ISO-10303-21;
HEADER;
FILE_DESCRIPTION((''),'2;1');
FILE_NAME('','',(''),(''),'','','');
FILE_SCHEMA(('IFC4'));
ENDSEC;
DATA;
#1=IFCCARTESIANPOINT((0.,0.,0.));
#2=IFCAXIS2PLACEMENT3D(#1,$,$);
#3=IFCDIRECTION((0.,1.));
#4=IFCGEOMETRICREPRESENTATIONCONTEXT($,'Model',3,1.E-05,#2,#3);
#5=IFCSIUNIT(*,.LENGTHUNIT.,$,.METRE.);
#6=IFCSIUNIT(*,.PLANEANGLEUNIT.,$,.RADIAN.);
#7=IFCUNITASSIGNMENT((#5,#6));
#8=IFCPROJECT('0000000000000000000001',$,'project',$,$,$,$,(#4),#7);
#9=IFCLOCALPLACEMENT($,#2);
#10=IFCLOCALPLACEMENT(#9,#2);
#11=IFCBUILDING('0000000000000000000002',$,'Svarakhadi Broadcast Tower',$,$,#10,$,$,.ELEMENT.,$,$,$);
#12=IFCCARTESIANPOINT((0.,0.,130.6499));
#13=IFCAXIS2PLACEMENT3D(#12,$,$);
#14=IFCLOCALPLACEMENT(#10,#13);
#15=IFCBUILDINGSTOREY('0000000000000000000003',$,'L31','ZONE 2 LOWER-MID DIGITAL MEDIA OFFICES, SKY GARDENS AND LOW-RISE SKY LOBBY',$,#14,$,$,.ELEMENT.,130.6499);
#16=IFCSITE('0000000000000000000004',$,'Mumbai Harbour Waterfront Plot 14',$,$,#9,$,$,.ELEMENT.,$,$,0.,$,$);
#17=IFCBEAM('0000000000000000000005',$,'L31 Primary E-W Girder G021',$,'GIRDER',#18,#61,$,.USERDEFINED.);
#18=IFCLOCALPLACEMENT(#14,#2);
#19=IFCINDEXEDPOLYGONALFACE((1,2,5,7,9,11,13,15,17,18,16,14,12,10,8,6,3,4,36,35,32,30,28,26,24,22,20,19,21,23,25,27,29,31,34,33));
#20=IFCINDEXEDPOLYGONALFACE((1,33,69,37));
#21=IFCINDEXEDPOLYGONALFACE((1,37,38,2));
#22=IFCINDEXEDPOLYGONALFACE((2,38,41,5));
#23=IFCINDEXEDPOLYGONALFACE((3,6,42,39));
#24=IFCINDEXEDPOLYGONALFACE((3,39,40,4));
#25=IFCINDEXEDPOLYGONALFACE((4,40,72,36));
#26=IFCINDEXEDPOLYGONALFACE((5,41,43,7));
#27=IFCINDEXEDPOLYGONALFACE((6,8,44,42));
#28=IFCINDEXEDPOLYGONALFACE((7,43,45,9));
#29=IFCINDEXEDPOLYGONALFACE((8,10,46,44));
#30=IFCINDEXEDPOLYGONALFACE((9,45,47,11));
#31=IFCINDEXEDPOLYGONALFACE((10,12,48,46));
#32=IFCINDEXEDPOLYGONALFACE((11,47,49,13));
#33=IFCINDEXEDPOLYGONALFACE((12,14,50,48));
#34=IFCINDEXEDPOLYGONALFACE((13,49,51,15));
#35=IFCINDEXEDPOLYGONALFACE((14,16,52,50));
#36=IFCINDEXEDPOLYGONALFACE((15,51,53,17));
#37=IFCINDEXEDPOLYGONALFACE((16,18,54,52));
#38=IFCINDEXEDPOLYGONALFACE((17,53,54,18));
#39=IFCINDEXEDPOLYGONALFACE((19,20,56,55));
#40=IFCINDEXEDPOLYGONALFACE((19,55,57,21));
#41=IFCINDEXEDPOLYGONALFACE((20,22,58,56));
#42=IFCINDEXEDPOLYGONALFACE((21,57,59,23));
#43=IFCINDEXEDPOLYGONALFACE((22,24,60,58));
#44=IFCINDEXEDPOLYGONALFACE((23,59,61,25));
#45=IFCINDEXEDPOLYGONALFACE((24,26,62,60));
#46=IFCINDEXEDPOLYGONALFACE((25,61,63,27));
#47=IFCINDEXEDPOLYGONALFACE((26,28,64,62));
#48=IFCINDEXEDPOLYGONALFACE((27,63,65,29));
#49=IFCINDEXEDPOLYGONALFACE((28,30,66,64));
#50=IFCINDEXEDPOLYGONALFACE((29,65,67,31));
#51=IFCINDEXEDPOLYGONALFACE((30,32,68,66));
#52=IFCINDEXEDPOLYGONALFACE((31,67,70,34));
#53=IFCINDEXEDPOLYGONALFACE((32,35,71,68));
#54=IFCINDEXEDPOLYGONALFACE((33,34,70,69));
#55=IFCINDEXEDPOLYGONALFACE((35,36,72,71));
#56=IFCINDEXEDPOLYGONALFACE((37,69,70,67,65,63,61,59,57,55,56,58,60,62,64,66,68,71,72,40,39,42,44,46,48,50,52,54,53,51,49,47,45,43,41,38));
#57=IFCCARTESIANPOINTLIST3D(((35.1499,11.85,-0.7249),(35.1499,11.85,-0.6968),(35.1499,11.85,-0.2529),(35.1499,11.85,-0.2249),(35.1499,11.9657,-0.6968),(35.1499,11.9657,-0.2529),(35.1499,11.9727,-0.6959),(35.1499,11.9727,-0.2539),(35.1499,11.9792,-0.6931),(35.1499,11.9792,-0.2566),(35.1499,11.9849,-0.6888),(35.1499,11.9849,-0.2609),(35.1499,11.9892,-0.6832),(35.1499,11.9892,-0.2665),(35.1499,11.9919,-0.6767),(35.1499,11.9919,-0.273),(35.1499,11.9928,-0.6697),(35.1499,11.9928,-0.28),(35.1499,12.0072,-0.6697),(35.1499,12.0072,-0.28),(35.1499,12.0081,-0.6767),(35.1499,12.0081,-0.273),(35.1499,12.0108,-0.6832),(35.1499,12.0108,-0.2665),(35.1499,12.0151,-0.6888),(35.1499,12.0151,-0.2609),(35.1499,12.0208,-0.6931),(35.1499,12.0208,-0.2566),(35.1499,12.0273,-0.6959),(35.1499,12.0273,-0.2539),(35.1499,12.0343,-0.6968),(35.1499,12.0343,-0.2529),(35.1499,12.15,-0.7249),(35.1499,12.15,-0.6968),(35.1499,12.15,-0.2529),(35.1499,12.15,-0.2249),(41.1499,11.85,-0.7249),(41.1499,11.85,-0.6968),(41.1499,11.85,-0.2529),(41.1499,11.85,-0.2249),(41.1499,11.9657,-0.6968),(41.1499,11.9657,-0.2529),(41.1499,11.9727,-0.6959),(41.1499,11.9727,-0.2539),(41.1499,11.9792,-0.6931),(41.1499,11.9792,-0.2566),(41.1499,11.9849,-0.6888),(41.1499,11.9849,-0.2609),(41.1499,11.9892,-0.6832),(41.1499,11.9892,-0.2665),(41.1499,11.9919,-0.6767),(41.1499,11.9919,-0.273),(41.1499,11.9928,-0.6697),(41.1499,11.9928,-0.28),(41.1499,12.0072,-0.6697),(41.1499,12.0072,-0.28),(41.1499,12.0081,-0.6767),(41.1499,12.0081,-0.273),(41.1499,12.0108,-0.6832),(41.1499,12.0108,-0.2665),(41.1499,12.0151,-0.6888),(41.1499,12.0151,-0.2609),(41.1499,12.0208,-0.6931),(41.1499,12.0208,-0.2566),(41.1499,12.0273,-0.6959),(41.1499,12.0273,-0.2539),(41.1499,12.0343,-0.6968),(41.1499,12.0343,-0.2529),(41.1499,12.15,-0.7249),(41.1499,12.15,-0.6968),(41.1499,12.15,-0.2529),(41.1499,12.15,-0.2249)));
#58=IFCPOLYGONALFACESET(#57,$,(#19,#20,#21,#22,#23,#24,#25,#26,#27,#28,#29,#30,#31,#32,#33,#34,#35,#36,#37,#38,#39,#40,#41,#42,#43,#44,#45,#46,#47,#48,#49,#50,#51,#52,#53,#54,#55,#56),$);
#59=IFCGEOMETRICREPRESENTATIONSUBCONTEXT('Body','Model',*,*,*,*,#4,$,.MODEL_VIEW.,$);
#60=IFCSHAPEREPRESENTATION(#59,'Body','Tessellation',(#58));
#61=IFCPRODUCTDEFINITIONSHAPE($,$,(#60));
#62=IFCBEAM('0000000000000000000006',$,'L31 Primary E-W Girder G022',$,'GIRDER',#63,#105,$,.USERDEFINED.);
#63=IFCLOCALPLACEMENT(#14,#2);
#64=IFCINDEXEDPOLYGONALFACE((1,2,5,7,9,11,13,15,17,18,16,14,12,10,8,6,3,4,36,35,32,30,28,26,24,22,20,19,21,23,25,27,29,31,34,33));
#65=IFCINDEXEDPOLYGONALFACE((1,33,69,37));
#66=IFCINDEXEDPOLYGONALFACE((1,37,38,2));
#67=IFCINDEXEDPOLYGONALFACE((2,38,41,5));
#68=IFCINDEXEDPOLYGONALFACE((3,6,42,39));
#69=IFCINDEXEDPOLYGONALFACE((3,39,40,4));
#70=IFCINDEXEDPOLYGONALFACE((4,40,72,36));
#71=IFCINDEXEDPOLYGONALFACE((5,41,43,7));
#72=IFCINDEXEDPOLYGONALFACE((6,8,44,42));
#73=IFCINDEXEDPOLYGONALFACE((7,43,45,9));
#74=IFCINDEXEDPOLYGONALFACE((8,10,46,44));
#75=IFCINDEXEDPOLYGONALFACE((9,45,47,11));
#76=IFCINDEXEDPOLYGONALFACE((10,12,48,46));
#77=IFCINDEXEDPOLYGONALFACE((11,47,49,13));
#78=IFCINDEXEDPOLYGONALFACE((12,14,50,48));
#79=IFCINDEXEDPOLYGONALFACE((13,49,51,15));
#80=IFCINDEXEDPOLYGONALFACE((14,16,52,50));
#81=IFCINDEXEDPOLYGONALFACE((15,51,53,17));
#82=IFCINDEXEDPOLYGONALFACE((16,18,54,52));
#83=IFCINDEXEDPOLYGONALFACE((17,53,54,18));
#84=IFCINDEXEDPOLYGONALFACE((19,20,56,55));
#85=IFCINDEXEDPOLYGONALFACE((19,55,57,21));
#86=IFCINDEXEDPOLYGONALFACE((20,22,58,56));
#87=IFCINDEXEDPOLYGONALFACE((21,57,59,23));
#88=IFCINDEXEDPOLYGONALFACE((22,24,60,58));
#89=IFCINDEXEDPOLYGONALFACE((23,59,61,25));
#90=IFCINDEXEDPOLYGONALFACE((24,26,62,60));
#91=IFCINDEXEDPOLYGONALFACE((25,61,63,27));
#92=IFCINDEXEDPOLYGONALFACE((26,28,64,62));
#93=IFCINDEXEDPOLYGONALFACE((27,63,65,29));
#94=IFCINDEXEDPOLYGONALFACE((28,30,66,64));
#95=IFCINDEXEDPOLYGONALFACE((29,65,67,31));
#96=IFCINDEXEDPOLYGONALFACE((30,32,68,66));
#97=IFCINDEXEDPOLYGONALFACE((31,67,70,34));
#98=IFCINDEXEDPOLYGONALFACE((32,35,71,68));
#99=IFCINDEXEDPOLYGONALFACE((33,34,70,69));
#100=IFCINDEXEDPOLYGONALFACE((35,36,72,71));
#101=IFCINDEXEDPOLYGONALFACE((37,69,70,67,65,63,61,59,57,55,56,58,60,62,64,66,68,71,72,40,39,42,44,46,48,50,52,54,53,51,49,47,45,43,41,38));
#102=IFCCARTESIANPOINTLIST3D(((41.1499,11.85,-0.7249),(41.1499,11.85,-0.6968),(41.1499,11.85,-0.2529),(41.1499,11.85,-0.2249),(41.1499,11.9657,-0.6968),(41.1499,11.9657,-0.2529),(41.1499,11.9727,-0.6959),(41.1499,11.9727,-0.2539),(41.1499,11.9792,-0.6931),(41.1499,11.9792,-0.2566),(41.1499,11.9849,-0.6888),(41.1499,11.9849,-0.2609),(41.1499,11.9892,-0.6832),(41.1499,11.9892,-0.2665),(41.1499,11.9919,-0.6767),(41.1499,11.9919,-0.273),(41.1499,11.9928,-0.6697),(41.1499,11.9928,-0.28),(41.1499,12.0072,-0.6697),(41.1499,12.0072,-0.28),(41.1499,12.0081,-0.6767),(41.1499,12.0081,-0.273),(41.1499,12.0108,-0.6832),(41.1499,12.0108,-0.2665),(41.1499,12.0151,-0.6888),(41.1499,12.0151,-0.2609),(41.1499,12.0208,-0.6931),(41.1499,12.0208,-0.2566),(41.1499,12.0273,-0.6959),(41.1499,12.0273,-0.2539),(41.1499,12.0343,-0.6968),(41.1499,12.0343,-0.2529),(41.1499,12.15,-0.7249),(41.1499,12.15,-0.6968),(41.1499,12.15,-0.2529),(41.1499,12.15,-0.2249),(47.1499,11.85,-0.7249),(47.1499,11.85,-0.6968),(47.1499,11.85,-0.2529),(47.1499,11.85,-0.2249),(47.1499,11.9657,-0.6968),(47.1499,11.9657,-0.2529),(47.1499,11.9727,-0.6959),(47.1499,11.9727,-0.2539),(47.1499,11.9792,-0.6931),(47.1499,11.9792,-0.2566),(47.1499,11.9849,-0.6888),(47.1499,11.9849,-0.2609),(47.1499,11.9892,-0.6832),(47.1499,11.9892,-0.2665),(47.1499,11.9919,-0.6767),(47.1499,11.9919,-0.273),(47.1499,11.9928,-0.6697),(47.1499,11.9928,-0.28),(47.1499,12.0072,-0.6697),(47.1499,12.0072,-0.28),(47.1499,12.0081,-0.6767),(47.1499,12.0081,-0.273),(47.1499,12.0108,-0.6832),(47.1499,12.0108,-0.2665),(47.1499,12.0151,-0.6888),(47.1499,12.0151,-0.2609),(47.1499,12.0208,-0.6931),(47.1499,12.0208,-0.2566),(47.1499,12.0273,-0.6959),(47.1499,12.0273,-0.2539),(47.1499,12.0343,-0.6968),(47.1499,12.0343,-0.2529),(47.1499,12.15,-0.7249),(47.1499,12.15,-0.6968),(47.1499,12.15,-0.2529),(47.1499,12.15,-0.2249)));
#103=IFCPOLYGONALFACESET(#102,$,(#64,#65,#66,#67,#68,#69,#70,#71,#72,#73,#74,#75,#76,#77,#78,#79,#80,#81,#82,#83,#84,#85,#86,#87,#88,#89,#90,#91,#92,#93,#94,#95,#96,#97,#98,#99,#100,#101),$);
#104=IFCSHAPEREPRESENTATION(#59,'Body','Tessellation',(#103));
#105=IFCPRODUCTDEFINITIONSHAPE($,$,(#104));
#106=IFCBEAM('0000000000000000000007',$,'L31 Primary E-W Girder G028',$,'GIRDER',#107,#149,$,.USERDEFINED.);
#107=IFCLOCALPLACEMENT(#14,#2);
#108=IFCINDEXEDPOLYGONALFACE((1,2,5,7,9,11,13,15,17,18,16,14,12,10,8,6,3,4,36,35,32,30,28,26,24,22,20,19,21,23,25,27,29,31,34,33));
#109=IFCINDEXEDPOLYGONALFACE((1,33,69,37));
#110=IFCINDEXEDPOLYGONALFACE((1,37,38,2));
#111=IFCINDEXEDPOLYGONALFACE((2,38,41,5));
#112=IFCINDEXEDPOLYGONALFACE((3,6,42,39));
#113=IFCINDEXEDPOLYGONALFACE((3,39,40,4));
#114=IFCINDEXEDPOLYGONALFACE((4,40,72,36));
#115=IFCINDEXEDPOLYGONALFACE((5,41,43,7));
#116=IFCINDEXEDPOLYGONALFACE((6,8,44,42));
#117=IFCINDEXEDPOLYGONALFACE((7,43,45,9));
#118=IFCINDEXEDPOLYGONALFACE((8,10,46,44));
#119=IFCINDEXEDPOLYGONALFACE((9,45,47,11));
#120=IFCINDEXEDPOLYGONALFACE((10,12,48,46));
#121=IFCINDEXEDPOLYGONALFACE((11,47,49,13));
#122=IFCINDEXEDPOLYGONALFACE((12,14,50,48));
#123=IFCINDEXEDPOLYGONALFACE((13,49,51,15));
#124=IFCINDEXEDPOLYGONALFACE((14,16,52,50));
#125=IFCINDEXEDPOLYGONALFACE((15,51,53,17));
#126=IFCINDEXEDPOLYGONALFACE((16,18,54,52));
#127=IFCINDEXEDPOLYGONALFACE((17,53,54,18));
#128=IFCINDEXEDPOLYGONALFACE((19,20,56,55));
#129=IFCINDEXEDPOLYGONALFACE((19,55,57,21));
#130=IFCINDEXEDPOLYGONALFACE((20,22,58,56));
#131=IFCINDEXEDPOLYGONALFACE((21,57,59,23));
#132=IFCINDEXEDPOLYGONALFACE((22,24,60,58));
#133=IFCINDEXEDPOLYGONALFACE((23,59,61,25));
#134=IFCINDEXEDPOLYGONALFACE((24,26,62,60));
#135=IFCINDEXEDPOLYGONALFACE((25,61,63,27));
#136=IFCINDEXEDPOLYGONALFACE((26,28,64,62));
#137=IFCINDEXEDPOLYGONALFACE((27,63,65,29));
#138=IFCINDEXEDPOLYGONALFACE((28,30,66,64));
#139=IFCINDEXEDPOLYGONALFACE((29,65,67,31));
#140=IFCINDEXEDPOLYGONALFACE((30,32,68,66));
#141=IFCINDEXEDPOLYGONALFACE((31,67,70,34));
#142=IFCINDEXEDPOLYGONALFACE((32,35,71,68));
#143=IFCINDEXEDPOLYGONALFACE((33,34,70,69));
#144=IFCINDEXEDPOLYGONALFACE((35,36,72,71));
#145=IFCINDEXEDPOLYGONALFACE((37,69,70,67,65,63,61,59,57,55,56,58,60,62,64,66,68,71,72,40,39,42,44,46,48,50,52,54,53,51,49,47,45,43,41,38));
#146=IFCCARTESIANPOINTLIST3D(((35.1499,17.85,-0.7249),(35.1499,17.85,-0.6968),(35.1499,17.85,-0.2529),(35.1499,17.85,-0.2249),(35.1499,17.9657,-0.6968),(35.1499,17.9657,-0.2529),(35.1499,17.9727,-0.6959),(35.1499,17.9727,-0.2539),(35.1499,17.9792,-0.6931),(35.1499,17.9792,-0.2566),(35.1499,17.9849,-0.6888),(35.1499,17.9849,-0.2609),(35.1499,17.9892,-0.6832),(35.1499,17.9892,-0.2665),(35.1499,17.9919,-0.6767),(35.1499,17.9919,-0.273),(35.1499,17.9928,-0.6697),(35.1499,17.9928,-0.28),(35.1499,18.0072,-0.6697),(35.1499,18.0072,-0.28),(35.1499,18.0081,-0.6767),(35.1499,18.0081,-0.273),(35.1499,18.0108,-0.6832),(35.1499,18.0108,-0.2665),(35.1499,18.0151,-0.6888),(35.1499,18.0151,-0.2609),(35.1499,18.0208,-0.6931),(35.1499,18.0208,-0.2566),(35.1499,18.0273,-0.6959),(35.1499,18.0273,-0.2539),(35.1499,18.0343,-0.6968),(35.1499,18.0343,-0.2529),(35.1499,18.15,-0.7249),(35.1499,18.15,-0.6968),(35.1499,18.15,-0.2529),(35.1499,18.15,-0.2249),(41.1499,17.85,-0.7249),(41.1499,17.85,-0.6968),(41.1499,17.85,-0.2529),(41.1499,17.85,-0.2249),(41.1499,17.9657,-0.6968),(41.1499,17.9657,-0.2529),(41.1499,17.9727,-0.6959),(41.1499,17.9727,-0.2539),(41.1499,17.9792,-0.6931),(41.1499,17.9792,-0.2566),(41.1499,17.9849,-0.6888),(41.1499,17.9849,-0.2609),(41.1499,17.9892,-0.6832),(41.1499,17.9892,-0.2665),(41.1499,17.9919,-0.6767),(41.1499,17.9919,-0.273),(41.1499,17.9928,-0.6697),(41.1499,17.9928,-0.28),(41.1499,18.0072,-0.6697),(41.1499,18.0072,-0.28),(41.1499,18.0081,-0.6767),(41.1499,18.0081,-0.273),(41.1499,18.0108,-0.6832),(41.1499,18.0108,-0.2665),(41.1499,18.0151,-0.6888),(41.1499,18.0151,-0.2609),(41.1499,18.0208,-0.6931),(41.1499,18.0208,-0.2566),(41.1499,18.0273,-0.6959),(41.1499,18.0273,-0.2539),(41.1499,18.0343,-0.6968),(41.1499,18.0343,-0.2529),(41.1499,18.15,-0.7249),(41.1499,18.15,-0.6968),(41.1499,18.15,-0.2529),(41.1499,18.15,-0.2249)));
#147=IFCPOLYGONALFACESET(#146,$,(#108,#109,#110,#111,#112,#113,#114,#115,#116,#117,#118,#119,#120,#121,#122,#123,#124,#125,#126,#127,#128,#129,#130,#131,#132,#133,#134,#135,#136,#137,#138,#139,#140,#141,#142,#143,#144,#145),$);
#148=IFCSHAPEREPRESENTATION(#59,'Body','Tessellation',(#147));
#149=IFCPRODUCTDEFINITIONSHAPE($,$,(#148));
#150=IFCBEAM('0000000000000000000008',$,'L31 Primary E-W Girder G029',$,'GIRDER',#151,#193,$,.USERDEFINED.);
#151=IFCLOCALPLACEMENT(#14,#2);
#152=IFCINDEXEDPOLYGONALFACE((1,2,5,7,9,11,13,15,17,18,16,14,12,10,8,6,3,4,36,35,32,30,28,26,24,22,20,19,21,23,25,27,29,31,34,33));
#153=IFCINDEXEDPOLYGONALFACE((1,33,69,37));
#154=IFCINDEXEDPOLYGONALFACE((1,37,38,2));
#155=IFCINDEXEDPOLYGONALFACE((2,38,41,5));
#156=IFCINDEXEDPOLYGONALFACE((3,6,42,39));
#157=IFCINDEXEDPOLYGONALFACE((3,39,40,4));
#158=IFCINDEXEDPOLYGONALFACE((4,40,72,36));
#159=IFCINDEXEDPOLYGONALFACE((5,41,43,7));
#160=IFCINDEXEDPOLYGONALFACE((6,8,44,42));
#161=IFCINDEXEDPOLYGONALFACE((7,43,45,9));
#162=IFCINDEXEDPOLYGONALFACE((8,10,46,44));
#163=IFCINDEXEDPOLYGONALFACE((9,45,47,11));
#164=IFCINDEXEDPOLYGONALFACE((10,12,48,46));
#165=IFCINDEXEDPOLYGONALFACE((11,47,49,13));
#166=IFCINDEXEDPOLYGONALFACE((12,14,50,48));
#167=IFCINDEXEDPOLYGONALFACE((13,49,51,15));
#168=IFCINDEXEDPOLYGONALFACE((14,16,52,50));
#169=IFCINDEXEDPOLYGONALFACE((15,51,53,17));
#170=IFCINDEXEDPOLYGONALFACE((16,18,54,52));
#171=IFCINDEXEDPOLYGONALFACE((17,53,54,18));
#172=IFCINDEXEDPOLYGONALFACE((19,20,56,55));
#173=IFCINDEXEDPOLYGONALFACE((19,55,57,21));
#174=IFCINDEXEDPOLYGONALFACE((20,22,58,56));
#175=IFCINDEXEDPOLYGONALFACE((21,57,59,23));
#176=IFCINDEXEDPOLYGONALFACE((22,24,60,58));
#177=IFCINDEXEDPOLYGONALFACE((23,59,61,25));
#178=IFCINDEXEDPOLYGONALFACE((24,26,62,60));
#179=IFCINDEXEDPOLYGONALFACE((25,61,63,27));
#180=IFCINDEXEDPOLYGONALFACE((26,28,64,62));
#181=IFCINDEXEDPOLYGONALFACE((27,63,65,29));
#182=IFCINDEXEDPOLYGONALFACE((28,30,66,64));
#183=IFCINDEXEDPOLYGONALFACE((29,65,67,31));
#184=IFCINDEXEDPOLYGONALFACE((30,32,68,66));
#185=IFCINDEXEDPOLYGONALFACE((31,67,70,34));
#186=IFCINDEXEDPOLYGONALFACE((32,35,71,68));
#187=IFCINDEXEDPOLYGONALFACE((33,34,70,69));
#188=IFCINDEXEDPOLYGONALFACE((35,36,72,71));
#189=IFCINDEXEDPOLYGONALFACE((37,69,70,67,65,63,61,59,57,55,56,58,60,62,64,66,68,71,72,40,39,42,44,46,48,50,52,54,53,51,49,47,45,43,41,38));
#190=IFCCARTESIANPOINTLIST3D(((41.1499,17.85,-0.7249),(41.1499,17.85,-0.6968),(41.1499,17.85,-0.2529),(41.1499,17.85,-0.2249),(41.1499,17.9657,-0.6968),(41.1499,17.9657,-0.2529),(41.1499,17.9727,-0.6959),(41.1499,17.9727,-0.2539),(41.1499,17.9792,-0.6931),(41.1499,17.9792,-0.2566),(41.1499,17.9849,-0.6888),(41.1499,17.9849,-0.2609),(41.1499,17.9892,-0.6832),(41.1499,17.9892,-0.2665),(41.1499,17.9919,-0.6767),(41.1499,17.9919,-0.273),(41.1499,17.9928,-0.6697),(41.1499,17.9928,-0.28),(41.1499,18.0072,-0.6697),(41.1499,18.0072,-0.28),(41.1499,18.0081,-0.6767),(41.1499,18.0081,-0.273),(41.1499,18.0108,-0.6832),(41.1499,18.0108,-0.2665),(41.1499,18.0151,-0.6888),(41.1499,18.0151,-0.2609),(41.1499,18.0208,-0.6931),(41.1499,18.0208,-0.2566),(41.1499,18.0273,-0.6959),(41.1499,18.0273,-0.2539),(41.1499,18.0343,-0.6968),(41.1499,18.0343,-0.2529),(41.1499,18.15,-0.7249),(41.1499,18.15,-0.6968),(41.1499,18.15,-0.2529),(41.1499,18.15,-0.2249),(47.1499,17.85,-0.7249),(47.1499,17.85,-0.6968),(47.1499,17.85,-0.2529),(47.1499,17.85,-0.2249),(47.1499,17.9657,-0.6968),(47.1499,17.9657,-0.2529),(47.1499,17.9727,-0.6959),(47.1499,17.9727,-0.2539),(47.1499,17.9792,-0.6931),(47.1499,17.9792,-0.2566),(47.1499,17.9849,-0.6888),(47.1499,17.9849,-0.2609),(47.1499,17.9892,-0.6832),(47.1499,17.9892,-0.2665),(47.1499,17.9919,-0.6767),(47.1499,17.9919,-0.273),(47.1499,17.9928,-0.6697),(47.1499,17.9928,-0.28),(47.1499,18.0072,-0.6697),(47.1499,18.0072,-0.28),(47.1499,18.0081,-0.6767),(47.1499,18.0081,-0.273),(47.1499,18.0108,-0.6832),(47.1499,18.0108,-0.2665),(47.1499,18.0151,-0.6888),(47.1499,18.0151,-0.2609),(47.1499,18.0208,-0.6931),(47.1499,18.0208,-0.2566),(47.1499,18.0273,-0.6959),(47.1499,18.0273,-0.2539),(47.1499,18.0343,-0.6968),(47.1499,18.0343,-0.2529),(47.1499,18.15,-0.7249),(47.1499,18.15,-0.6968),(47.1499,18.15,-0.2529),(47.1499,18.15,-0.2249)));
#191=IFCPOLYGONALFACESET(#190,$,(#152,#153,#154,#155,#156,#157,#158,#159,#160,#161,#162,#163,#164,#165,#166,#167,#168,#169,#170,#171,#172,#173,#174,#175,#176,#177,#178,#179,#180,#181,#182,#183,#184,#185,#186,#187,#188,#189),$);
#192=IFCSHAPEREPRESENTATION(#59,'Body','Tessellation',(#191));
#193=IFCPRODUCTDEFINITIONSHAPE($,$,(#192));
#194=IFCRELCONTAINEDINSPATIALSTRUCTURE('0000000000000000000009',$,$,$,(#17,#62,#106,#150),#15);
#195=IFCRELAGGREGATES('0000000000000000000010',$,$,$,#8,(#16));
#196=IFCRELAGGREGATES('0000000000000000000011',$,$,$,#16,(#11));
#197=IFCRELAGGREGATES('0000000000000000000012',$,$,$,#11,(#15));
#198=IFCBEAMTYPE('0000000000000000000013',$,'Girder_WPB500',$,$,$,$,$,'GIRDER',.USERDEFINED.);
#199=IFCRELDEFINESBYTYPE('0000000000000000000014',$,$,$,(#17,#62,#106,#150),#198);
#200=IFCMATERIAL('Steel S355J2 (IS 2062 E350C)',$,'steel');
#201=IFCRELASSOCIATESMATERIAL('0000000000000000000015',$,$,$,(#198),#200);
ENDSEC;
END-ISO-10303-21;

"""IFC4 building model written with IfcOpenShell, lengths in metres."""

from ifc_helpers import new_model, si_unit, direction, frame, origin, origin_2d, place, context, subcontext, project, spatial, i_section, extrude, material, material_profile, profile_set, type_object, element, save


model = new_model("IFC4")

# Units and contexts
model_context = context("Model", 3, precision=1e-05, world=origin(), true_north=direction((0.0, 1.0)))
body_context = subcontext(model_context, "Body", "Model", "MODEL_VIEW")
ifc_project = project(units=[si_unit("LENGTHUNIT", "METRE"), si_unit("PLANEANGLEUNIT", "RADIAN")], contexts=[model_context])

# Site, building, storey
site_placement = place(None, origin())
site = spatial("IfcSite", under=ifc_project, at=site_placement, Name="Mumbai Harbour Waterfront Plot 14", CompositionType="ELEMENT", RefElevation=0.0)
building_placement = place(site_placement, origin())
building = spatial("IfcBuilding", under=site, at=building_placement, Name="Svarakhadi Broadcast Tower", CompositionType="ELEMENT")
storey_placement = place(building_placement, frame((0.0, 0.0, 130.6499)))
storey = spatial("IfcBuildingStorey", under=building, at=storey_placement, Name="L31", Description="ZONE 2 LOWER-MID DIGITAL MEDIA OFFICES, SKY GARDENS AND LOW-RISE SKY LOBBY", CompositionType="ELEMENT", Elevation=130.6499)

# Shared definitions
ifc_material_1 = material(Name="Steel S355J2 (IS 2062 E350C)", Category="steel")

# Beams
ifc_material_profile_1 = material_profile(ifc_material_1, i_section(OverallWidth=0.3, OverallDepth=0.5, WebThickness=0.0144, FlangeThickness=0.0281, FilletRadius=0.0271, at=origin_2d()), Name="WPB 500x300x187")
ifc_profile_set_1 = profile_set([ifc_material_profile_1], Name="Steel S355J2 (IS 2062 E350C)")
beam_type_1 = type_object("IfcBeamType", Name="Girder_WPB500", ElementType="GIRDER", PredefinedType="USERDEFINED", material=ifc_profile_set_1)
for number, where, z_axis, x_axis, name in (
    (1, (35.1499, 12.0, -0.4749), (1.0, 0.0, 0.0), (0.0, 1.0, 0.0), "L31 Primary E-W Girder G021"),
    (2, (41.1499, 12.0, -0.4749), (1.0, 0.0, 0.0), (0.0, 1.0, 0.0), "L31 Primary E-W Girder G022"),
    (3, (35.1499, 18.0, -0.4749), (1.0, 0.0, 0.0), (0.0, 1.0, 0.0), "L31 Primary E-W Girder G028"),
    (4, (41.1499, 18.0, -0.4749), (1.0, 0.0, 0.0), (0.0, 1.0, 0.0), "L31 Primary E-W Girder G029"),
):
    element("IfcBeam", number, at=place(storey_placement, frame(where, z_axis=z_axis, x_axis=x_axis)), inside=storey, type_object=beam_type_1, Name=name, ObjectType="GIRDER", PredefinedType="USERDEFINED", context=body_context, shape_type="SweptSolid", body=[
        extrude(i_section(OverallWidth=0.3, OverallDepth=0.5, WebThickness=0.0144, FlangeThickness=0.0281, FilletRadius=0.0271, at=origin_2d()), origin(), (0.0, 0.0, 1.0), 6.0),
    ])

save(model, "model.ifc")
